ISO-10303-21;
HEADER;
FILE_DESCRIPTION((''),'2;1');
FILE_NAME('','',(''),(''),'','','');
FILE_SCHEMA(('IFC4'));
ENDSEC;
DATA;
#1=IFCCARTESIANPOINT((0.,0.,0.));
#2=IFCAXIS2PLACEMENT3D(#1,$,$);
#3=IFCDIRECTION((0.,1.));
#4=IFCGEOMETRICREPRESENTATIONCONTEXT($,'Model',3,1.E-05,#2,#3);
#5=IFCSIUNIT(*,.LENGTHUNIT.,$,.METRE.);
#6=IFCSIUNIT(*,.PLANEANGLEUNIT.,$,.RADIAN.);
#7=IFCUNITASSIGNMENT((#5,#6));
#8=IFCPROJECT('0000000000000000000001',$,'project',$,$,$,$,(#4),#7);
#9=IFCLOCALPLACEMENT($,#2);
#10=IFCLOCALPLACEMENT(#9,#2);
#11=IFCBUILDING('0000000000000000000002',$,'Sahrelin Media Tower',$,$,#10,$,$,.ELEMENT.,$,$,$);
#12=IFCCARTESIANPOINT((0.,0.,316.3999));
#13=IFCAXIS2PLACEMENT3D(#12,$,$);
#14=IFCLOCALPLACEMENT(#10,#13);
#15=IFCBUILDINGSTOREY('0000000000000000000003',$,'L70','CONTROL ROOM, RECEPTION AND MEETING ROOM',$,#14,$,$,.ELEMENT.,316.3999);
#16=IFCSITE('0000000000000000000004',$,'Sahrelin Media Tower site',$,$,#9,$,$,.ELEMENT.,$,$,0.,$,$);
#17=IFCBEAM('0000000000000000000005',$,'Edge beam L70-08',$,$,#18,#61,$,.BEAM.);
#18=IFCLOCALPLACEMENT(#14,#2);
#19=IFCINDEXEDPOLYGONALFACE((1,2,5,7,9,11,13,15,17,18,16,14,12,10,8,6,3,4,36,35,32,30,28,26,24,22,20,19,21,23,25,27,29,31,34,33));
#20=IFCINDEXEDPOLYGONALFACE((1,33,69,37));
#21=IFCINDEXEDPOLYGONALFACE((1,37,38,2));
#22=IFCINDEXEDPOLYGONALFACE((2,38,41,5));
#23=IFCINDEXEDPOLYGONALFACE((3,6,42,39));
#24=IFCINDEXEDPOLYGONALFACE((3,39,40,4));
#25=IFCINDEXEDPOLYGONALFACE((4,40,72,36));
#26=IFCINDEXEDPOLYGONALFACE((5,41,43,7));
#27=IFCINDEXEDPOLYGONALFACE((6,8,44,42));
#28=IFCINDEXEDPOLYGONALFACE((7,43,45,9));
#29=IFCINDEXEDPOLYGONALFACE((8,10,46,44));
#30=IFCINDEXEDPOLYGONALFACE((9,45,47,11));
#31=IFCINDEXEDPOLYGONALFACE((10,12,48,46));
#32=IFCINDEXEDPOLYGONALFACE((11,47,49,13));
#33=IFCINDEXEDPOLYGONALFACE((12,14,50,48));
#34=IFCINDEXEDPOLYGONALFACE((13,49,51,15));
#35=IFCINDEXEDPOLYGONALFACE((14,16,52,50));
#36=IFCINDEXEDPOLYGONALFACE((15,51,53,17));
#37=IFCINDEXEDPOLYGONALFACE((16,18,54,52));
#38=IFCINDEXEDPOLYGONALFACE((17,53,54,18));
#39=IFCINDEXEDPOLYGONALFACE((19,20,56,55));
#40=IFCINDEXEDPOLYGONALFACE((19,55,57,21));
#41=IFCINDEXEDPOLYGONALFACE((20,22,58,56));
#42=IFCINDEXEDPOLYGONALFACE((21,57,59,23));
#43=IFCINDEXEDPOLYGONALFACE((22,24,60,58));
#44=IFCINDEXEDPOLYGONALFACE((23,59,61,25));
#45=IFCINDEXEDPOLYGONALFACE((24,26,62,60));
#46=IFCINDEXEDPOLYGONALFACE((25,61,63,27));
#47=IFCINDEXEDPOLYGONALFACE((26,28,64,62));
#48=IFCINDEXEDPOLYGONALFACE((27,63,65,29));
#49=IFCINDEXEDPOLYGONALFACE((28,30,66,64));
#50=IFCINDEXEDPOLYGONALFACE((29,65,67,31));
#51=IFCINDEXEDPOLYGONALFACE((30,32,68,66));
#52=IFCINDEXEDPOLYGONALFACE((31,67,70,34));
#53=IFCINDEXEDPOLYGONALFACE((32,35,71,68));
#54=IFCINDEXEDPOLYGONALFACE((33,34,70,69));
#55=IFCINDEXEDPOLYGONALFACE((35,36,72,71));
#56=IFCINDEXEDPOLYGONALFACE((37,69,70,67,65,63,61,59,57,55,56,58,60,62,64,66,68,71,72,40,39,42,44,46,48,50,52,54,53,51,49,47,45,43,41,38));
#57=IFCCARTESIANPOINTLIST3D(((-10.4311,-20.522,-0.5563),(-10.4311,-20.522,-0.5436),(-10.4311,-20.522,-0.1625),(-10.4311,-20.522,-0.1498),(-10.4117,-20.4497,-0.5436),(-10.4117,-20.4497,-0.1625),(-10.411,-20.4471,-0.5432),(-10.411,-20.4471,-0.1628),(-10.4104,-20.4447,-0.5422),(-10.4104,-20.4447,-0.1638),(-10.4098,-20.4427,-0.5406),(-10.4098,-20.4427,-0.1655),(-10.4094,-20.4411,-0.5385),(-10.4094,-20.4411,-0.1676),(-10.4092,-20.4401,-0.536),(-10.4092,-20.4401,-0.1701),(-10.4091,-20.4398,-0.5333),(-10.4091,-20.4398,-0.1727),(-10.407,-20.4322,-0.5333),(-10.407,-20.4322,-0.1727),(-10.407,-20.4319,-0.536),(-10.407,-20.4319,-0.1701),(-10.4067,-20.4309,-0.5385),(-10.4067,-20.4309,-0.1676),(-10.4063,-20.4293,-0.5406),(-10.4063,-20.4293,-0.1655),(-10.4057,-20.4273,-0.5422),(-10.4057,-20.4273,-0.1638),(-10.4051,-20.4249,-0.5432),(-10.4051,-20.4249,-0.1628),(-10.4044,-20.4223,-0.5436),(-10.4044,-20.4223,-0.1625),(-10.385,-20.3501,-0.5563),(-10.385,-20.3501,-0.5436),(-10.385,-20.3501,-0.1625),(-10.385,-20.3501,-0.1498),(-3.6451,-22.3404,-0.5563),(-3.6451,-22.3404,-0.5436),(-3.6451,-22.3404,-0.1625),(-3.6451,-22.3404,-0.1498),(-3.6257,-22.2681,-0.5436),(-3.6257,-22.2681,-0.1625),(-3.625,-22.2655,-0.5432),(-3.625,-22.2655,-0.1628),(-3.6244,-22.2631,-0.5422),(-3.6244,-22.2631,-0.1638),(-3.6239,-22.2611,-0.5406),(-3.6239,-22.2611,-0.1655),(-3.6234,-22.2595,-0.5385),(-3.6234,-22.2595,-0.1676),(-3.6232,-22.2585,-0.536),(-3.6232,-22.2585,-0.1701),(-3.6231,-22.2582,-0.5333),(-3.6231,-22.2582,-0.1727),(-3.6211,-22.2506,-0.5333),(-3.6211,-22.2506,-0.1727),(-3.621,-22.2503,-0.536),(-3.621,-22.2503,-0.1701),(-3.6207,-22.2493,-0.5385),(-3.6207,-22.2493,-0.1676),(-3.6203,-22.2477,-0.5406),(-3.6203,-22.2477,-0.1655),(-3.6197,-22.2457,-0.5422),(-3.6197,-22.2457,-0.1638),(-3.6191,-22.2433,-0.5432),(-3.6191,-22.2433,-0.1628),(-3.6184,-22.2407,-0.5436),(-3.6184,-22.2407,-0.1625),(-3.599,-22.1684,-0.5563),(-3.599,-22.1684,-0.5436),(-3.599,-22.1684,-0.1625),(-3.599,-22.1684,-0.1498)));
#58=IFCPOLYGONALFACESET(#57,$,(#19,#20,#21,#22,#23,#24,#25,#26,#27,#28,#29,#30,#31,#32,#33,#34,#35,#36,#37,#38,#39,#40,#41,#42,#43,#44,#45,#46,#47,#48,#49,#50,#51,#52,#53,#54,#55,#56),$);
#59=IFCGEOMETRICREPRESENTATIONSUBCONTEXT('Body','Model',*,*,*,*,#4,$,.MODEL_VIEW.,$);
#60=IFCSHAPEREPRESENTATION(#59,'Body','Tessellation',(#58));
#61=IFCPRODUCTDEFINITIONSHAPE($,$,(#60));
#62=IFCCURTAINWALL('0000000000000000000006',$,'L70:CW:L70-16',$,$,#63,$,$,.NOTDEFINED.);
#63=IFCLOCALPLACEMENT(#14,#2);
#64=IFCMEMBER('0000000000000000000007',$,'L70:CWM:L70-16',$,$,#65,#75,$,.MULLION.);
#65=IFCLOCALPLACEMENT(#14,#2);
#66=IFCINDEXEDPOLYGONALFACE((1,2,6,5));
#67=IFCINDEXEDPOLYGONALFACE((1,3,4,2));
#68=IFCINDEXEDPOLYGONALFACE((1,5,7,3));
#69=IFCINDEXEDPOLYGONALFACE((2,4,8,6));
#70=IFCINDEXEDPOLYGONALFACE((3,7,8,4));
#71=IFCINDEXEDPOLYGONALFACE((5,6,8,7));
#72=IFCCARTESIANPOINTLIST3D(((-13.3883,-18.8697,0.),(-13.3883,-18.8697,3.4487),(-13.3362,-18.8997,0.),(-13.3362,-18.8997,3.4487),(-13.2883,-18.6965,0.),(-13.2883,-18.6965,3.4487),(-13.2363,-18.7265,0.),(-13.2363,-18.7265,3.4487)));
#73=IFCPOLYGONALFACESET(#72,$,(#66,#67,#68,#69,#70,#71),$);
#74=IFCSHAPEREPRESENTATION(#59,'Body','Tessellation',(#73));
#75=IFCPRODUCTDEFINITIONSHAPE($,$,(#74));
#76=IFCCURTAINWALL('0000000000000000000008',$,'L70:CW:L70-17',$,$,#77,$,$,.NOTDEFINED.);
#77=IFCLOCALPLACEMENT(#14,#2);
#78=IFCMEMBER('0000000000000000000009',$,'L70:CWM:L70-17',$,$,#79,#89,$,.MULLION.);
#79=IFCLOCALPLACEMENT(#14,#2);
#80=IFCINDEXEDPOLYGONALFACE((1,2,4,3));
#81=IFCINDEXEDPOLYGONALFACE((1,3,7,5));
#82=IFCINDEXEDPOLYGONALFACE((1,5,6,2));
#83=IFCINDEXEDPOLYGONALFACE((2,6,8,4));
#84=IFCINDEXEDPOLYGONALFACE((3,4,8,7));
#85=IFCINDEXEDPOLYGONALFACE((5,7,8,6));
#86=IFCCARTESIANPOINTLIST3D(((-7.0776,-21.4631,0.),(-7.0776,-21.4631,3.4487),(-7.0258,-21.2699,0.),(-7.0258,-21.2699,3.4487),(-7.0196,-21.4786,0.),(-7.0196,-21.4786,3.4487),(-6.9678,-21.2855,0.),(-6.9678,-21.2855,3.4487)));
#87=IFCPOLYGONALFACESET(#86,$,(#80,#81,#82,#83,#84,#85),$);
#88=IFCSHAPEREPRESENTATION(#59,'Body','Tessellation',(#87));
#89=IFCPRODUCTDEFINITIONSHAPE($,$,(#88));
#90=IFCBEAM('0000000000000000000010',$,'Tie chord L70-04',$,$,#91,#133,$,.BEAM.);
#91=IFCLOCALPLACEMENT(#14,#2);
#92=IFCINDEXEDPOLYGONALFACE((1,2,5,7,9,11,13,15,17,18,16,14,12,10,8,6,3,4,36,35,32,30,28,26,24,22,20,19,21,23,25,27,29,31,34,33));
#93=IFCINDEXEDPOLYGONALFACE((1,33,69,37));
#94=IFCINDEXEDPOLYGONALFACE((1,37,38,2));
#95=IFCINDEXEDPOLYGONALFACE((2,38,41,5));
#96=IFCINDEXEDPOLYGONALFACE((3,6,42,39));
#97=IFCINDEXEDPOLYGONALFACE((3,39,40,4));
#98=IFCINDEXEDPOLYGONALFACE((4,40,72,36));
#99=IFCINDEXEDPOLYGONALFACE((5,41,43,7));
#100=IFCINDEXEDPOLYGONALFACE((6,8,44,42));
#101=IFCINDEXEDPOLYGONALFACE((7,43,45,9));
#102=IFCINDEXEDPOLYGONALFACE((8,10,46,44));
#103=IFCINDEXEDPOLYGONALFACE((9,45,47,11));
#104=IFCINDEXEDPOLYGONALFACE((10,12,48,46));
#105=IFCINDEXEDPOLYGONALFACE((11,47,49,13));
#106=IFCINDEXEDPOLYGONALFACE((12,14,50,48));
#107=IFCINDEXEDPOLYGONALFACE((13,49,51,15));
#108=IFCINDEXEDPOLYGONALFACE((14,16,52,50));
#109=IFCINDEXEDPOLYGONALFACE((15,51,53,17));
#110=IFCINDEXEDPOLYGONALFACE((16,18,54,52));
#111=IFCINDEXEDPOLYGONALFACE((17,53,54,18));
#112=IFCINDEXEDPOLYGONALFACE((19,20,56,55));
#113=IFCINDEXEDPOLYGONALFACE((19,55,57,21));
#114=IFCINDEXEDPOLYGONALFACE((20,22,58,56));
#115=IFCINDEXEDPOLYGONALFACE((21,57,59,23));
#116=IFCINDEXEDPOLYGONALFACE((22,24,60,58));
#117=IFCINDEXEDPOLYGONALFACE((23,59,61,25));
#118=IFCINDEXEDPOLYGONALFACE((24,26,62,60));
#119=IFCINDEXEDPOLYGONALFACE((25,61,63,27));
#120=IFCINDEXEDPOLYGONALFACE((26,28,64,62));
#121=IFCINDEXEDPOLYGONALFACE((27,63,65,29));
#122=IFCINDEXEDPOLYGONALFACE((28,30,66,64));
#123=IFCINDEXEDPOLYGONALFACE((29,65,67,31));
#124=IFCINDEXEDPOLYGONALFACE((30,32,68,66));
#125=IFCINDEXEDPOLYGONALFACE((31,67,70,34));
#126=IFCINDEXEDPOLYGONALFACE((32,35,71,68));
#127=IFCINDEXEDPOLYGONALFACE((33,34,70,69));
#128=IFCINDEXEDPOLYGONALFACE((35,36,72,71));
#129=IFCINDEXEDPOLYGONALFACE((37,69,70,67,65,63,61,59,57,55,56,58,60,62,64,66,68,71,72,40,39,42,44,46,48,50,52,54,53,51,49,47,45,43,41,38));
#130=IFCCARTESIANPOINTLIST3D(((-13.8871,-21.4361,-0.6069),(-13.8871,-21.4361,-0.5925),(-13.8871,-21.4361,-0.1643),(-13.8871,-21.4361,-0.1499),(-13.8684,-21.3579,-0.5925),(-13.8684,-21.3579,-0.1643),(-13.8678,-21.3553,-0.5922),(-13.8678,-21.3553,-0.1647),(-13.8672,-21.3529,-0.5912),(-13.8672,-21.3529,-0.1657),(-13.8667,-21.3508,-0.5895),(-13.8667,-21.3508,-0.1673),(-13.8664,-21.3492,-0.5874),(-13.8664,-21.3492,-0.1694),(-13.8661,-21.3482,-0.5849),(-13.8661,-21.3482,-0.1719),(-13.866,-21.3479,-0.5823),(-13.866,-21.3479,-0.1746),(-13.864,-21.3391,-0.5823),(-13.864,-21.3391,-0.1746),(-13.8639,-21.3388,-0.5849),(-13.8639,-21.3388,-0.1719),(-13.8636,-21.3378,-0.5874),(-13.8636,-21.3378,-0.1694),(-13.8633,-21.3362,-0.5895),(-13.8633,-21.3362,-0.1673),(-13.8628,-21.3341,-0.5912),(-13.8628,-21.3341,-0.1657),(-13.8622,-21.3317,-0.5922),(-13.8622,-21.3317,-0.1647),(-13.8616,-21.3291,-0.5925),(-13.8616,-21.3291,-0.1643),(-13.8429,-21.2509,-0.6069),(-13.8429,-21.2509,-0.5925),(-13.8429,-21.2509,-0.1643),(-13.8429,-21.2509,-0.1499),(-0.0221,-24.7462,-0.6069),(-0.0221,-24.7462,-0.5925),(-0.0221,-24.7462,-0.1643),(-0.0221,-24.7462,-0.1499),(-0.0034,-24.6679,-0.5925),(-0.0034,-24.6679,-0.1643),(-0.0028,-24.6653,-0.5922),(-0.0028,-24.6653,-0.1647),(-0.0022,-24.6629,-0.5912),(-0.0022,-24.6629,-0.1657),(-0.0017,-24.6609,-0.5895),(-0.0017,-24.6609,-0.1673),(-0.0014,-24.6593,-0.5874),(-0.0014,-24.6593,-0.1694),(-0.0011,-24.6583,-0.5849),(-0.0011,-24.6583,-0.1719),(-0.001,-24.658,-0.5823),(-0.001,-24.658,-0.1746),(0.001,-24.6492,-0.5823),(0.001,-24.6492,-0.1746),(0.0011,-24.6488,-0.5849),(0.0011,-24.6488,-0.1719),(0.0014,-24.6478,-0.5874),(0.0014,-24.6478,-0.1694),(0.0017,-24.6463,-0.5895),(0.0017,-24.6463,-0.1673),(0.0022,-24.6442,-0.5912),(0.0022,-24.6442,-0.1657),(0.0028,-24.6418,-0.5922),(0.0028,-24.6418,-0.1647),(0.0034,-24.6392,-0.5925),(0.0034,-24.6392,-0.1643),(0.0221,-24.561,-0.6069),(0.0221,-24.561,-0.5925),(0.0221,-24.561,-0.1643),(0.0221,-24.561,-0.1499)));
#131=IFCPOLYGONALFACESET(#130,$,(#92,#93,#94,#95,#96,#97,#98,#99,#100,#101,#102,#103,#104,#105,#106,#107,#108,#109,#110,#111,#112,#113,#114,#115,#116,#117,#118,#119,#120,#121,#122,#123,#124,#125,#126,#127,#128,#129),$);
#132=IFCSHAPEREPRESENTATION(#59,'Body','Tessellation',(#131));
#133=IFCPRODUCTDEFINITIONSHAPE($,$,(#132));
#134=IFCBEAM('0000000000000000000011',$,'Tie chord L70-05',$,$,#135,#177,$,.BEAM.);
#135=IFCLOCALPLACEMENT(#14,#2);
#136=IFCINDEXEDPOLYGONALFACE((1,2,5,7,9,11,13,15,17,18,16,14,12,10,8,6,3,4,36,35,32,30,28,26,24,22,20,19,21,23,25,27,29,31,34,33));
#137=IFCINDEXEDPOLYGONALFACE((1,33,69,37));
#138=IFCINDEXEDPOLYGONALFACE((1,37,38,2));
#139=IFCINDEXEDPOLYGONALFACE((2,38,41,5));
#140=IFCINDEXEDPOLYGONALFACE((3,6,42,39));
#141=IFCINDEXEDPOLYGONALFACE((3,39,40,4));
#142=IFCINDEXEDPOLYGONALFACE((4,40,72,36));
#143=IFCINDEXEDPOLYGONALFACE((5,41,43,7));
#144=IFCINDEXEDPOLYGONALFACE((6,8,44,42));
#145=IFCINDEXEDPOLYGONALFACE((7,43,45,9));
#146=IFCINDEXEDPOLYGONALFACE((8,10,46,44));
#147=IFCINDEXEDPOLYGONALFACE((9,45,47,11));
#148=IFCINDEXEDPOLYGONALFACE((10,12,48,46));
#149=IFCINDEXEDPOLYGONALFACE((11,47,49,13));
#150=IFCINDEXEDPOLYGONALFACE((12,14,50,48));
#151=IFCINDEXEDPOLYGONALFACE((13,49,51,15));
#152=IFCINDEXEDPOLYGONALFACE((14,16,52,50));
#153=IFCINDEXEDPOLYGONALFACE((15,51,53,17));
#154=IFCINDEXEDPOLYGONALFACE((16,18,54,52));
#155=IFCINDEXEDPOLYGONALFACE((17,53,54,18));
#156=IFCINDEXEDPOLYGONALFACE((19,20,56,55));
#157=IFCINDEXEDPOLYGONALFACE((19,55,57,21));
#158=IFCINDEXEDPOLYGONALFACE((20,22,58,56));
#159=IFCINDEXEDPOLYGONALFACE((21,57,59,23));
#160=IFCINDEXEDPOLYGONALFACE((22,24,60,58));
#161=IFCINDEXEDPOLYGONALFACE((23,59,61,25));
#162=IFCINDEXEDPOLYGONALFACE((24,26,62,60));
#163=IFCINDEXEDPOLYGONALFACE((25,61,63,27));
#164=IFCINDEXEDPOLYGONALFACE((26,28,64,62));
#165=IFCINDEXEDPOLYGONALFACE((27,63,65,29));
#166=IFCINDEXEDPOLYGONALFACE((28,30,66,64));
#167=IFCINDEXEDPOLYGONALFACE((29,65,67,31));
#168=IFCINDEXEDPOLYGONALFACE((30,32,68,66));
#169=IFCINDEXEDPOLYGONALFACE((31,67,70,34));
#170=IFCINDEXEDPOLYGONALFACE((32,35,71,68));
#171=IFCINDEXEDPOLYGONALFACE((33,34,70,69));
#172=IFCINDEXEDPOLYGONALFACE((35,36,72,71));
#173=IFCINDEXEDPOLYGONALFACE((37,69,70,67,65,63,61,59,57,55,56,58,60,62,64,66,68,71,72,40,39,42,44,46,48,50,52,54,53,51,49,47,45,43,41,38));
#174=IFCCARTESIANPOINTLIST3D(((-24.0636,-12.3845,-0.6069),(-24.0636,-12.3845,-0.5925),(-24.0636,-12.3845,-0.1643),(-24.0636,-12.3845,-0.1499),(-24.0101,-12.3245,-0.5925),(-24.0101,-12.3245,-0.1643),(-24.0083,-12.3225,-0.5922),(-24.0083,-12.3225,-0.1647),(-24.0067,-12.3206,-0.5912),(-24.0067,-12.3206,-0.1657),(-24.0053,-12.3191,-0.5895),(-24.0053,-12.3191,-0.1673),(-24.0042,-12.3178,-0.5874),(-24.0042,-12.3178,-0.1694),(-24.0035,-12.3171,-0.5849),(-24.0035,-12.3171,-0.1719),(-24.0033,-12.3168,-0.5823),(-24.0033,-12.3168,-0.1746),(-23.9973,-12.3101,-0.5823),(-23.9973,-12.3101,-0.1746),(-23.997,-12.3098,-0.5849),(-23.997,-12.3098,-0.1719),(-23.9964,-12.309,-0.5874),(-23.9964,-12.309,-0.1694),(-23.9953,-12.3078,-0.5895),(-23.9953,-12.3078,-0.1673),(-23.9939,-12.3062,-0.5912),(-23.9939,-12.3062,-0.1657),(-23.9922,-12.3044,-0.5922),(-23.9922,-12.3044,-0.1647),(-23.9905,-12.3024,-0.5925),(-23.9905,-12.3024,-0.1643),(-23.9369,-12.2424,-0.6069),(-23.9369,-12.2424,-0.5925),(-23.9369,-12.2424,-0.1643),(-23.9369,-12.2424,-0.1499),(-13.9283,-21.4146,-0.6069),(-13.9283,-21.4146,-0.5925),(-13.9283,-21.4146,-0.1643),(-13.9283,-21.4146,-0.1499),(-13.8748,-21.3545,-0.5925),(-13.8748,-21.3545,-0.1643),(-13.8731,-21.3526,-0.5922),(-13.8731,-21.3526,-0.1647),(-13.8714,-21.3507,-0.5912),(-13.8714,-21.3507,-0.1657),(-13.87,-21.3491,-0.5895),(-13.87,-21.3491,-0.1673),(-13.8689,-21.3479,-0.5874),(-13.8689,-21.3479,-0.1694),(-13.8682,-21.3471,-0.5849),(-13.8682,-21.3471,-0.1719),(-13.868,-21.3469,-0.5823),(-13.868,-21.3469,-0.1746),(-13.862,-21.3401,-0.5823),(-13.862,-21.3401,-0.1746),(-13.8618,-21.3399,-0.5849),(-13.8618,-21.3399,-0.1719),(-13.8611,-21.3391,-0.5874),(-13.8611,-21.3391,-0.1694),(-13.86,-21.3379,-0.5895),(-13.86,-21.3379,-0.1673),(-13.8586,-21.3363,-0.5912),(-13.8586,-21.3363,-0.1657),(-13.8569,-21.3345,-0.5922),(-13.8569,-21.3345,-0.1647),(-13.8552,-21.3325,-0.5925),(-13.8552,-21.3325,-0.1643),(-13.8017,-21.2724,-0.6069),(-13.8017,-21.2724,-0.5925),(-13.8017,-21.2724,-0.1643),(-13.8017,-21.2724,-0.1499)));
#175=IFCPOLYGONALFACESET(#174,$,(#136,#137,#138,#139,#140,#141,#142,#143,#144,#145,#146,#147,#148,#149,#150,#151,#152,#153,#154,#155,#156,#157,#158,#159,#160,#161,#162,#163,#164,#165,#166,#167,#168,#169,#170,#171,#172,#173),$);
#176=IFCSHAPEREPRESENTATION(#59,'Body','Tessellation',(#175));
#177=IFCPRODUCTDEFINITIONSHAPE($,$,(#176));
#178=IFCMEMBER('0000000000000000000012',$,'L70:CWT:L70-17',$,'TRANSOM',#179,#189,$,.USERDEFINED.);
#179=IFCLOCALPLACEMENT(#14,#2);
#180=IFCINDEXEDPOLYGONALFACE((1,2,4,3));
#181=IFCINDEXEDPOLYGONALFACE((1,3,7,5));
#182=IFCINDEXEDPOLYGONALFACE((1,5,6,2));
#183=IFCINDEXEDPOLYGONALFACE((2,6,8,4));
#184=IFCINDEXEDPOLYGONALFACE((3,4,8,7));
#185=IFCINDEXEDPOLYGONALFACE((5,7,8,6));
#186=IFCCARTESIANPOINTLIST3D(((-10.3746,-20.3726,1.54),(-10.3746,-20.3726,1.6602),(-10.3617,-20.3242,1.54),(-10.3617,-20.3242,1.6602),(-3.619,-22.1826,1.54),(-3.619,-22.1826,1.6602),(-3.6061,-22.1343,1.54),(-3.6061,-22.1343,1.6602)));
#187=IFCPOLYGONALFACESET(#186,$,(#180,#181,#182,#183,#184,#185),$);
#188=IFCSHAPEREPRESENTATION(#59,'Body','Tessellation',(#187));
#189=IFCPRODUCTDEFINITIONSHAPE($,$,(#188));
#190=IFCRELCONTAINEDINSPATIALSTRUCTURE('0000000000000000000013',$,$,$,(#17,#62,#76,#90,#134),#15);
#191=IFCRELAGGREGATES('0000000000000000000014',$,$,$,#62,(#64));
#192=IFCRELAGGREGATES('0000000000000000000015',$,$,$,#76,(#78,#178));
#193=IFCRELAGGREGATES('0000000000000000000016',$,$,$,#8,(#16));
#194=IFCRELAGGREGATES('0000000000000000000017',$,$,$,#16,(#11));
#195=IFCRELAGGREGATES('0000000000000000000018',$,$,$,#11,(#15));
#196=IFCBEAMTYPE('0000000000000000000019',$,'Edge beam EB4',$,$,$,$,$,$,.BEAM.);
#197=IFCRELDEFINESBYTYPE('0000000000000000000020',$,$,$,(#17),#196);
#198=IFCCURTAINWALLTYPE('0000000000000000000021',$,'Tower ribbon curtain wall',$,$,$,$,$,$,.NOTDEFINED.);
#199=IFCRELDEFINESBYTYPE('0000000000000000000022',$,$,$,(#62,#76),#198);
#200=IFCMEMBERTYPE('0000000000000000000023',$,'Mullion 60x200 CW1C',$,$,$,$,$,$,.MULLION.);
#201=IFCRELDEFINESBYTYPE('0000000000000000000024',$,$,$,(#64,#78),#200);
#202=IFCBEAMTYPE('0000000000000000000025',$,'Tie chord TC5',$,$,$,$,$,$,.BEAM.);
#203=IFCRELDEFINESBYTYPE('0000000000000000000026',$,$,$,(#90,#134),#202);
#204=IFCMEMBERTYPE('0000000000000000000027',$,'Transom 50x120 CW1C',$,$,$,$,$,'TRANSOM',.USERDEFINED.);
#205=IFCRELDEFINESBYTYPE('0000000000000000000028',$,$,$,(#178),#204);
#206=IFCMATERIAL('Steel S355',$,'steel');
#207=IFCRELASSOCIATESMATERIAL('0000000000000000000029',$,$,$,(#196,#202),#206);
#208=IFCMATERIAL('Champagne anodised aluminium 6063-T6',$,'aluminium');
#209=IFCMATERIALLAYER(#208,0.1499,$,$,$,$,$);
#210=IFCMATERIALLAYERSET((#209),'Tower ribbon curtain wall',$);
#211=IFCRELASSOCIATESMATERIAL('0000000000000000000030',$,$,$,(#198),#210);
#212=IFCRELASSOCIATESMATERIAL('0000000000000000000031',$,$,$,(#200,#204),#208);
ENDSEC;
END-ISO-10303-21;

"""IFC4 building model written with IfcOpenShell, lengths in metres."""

from ifc_helpers import new_model, si_unit, direction, frame, origin, origin_2d, place, context, subcontext, project, spatial, rectangle, i_section, extrude, material, layer, layer_set, material_profile, profile_set, type_object, element, aggregate, save


model = new_model("IFC4")

# Units and contexts
model_context = context("Model", 3, precision=1e-05, world=origin(), true_north=direction((0.0, 1.0)))
body_context = subcontext(model_context, "Body", "Model", "MODEL_VIEW")
ifc_project = project(units=[si_unit("LENGTHUNIT", "METRE"), si_unit("PLANEANGLEUNIT", "RADIAN")], contexts=[model_context])

# Site, building, storey
site_placement = place(None, origin())
site = spatial("IfcSite", under=ifc_project, at=site_placement, Name="Sahrelin Media Tower site", CompositionType="ELEMENT", RefElevation=0.0)
building_placement = place(site_placement, origin())
building = spatial("IfcBuilding", under=site, at=building_placement, Name="Sahrelin Media Tower", CompositionType="ELEMENT")
storey_placement = place(building_placement, frame((0.0, 0.0, 316.3999)))
storey = spatial("IfcBuildingStorey", under=building, at=storey_placement, Name="L70", Description="CONTROL ROOM, RECEPTION AND MEETING ROOM", CompositionType="ELEMENT", Elevation=316.3999)

# Beam
ifc_material_1 = material(Name="Steel S355", Category="steel")
ifc_material_profile_1 = material_profile(ifc_material_1, i_section(OverallWidth=0.178, OverallDepth=0.4065, WebThickness=0.0078, FlangeThickness=0.0127, FilletRadius=0.0103, at=origin_2d()), Name="UB 406x178x60")
ifc_profile_set_1 = profile_set([ifc_material_profile_1], Name="Steel S355")
beam_type_1 = type_object("IfcBeamType", Name="Edge beam EB4", PredefinedType="BEAM", material=ifc_profile_set_1)
beam_1_placement = place(storey_placement, frame((-3.6221, -22.2544, -0.353), z_axis=(-0.965923, 0.25883, 0.0), x_axis=(-0.25883, -0.965923, 0.0)))
element("IfcBeam", 1, at=beam_1_placement, inside=storey, type_object=beam_type_1, Name="Edge beam L70-08", PredefinedType="BEAM", context=body_context, shape_type="SweptSolid", body=[
    extrude(i_section(OverallWidth=0.178, OverallDepth=0.4065, WebThickness=0.0078, FlangeThickness=0.0127, FilletRadius=0.0103, at=origin_2d()), origin(), (0.0, 0.0, 1.0), 7.0254),
])

# Curtain walls, members
ifc_material_2 = material(Name="Champagne anodised aluminium 6063-T6", Category="aluminium")
ifc_layer_1 = layer(ifc_material_2, 0.1499)
ifc_layer_set_1 = layer_set([ifc_layer_1], Name="Tower ribbon curtain wall")
curtain_wall_type = type_object("IfcCurtainWallType", Name="Tower ribbon curtain wall", PredefinedType="NOTDEFINED", material=ifc_layer_set_1)
curtain_wall_1_placement = place(storey_placement, frame((-13.3723, -18.9021, 0.0), z_axis=(0.0, 0.0, 1.0), x_axis=(1.0, 0.0, 0.0)))
curtain_wall_1 = element("IfcCurtainWall", 2, at=curtain_wall_1_placement, inside=storey, type_object=curtain_wall_type, Name="L70:CW:L70-16", PredefinedType="NOTDEFINED")
ifc_material_profile_2 = material_profile(ifc_material_2, rectangle(XDim=0.0601, YDim=0.2, at=origin_2d()), Name="Mullion 60x200")
ifc_profile_set_2 = profile_set([ifc_material_profile_2], Name="Champagne anodised aluminium 6063-T6")
member_type_1 = type_object("IfcMemberType", Name="Mullion 60x200 CW1C", PredefinedType="MULLION", material=ifc_profile_set_2)
member_1_placement = place(storey_placement, frame((-13.3123, -18.7981, 0.0), z_axis=(0.0, 0.0, 1.0), x_axis=(0.866024, -0.500003, 0.0)))
member_1 = element("IfcMember", 3, at=member_1_placement, type_object=member_type_1, Name="L70:CWM:L70-16", PredefinedType="MULLION", context=body_context, shape_type="SweptSolid", body=[
    extrude(rectangle(XDim=0.0601, YDim=0.2, at=origin_2d()), origin(), (0.0, 0.0, 1.0), 3.4487),
])
aggregate(curtain_wall_1, [member_1])
curtain_wall_2_placement = place(storey_placement, frame((-7.0537, -21.49, 0.0), z_axis=(0.0, 0.0, 1.0), x_axis=(1.0, 0.0, 0.0)))
curtain_wall_2 = element("IfcCurtainWall", 4, at=curtain_wall_2_placement, inside=storey, type_object=curtain_wall_type, Name="L70:CW:L70-17", PredefinedType="NOTDEFINED")
member_2_placement = place(storey_placement, frame((-7.0227, -21.3743, 0.0), z_axis=(0.0, 0.0, 1.0), x_axis=(0.965926, -0.258817, 0.0)))
member_2 = element("IfcMember", 5, at=member_2_placement, type_object=member_type_1, Name="L70:CWM:L70-17", PredefinedType="MULLION", context=body_context, shape_type="SweptSolid", body=[
    extrude(rectangle(XDim=0.0601, YDim=0.2, at=origin_2d()), origin(), (0.0, 0.0, 1.0), 3.4487),
])

# Beams
ifc_material_profile_3 = material_profile(ifc_material_1, i_section(OverallWidth=0.1904, OverallDepth=0.457, WebThickness=0.009, FlangeThickness=0.0144, FilletRadius=0.0103, at=origin_2d()), Name="UB 457x191x74")
ifc_profile_set_3 = profile_set([ifc_material_profile_3], Name="Steel S355")
beam_type_2 = type_object("IfcBeamType", Name="Tie chord TC5", PredefinedType="BEAM", material=ifc_profile_set_3)
beam_2_placement = place(storey_placement, frame((0.0, -24.6536, -0.3784), z_axis=(-0.972666, 0.232209, 0.0), x_axis=(-0.232209, -0.972666, 0.0)))
element("IfcBeam", 6, at=beam_2_placement, inside=storey, type_object=beam_type_2, Name="Tie chord L70-04", PredefinedType="BEAM", context=body_context, shape_type="SweptSolid", body=[
    extrude(i_section(OverallWidth=0.1904, OverallDepth=0.457, WebThickness=0.009, FlangeThickness=0.0144, FilletRadius=0.0103, at=origin_2d()), origin(), (0.0, 0.0, 1.0), 14.2546),
])
beam_3_placement = place(storey_placement, frame((-13.865, -21.3435, -0.3784), z_axis=(-0.746644, 0.665224, 0.0), x_axis=(-0.665224, -0.746644, 0.0)))
element("IfcBeam", 7, at=beam_3_placement, inside=storey, type_object=beam_type_2, Name="Tie chord L70-05", PredefinedType="BEAM", context=body_context, shape_type="SweptSolid", body=[
    extrude(i_section(OverallWidth=0.1904, OverallDepth=0.457, WebThickness=0.009, FlangeThickness=0.0144, FilletRadius=0.0103, at=origin_2d()), origin(), (0.0, 0.0, 1.0), 13.5745),
])

# Member
ifc_material_profile_4 = material_profile(ifc_material_2, rectangle(XDim=0.05, YDim=0.1201, at=origin_2d()), Name="Transom 50x120")
ifc_profile_set_4 = profile_set([ifc_material_profile_4], Name="Champagne anodised aluminium 6063-T6")
member_type_2 = type_object("IfcMemberType", Name="Transom 50x120 CW1C", ElementType="TRANSOM", PredefinedType="USERDEFINED", material=ifc_profile_set_4)
member_3_placement = place(storey_placement, frame((-10.3682, -20.3484, 1.6001), z_axis=(0.96593, -0.258805, 0.0), x_axis=(0.258805, 0.96593, 0.0)))
member_3 = element("IfcMember", 8, at=member_3_placement, type_object=member_type_2, Name="L70:CWT:L70-17", ObjectType="TRANSOM", PredefinedType="USERDEFINED", context=body_context, shape_type="SweptSolid", body=[
    extrude(rectangle(XDim=0.05, YDim=0.1201, at=origin_2d()), origin(), (0.0, 0.0, 1.0), 6.9939),
])

aggregate(curtain_wall_2, [member_2, member_3])

save(model, "model.ifc")
